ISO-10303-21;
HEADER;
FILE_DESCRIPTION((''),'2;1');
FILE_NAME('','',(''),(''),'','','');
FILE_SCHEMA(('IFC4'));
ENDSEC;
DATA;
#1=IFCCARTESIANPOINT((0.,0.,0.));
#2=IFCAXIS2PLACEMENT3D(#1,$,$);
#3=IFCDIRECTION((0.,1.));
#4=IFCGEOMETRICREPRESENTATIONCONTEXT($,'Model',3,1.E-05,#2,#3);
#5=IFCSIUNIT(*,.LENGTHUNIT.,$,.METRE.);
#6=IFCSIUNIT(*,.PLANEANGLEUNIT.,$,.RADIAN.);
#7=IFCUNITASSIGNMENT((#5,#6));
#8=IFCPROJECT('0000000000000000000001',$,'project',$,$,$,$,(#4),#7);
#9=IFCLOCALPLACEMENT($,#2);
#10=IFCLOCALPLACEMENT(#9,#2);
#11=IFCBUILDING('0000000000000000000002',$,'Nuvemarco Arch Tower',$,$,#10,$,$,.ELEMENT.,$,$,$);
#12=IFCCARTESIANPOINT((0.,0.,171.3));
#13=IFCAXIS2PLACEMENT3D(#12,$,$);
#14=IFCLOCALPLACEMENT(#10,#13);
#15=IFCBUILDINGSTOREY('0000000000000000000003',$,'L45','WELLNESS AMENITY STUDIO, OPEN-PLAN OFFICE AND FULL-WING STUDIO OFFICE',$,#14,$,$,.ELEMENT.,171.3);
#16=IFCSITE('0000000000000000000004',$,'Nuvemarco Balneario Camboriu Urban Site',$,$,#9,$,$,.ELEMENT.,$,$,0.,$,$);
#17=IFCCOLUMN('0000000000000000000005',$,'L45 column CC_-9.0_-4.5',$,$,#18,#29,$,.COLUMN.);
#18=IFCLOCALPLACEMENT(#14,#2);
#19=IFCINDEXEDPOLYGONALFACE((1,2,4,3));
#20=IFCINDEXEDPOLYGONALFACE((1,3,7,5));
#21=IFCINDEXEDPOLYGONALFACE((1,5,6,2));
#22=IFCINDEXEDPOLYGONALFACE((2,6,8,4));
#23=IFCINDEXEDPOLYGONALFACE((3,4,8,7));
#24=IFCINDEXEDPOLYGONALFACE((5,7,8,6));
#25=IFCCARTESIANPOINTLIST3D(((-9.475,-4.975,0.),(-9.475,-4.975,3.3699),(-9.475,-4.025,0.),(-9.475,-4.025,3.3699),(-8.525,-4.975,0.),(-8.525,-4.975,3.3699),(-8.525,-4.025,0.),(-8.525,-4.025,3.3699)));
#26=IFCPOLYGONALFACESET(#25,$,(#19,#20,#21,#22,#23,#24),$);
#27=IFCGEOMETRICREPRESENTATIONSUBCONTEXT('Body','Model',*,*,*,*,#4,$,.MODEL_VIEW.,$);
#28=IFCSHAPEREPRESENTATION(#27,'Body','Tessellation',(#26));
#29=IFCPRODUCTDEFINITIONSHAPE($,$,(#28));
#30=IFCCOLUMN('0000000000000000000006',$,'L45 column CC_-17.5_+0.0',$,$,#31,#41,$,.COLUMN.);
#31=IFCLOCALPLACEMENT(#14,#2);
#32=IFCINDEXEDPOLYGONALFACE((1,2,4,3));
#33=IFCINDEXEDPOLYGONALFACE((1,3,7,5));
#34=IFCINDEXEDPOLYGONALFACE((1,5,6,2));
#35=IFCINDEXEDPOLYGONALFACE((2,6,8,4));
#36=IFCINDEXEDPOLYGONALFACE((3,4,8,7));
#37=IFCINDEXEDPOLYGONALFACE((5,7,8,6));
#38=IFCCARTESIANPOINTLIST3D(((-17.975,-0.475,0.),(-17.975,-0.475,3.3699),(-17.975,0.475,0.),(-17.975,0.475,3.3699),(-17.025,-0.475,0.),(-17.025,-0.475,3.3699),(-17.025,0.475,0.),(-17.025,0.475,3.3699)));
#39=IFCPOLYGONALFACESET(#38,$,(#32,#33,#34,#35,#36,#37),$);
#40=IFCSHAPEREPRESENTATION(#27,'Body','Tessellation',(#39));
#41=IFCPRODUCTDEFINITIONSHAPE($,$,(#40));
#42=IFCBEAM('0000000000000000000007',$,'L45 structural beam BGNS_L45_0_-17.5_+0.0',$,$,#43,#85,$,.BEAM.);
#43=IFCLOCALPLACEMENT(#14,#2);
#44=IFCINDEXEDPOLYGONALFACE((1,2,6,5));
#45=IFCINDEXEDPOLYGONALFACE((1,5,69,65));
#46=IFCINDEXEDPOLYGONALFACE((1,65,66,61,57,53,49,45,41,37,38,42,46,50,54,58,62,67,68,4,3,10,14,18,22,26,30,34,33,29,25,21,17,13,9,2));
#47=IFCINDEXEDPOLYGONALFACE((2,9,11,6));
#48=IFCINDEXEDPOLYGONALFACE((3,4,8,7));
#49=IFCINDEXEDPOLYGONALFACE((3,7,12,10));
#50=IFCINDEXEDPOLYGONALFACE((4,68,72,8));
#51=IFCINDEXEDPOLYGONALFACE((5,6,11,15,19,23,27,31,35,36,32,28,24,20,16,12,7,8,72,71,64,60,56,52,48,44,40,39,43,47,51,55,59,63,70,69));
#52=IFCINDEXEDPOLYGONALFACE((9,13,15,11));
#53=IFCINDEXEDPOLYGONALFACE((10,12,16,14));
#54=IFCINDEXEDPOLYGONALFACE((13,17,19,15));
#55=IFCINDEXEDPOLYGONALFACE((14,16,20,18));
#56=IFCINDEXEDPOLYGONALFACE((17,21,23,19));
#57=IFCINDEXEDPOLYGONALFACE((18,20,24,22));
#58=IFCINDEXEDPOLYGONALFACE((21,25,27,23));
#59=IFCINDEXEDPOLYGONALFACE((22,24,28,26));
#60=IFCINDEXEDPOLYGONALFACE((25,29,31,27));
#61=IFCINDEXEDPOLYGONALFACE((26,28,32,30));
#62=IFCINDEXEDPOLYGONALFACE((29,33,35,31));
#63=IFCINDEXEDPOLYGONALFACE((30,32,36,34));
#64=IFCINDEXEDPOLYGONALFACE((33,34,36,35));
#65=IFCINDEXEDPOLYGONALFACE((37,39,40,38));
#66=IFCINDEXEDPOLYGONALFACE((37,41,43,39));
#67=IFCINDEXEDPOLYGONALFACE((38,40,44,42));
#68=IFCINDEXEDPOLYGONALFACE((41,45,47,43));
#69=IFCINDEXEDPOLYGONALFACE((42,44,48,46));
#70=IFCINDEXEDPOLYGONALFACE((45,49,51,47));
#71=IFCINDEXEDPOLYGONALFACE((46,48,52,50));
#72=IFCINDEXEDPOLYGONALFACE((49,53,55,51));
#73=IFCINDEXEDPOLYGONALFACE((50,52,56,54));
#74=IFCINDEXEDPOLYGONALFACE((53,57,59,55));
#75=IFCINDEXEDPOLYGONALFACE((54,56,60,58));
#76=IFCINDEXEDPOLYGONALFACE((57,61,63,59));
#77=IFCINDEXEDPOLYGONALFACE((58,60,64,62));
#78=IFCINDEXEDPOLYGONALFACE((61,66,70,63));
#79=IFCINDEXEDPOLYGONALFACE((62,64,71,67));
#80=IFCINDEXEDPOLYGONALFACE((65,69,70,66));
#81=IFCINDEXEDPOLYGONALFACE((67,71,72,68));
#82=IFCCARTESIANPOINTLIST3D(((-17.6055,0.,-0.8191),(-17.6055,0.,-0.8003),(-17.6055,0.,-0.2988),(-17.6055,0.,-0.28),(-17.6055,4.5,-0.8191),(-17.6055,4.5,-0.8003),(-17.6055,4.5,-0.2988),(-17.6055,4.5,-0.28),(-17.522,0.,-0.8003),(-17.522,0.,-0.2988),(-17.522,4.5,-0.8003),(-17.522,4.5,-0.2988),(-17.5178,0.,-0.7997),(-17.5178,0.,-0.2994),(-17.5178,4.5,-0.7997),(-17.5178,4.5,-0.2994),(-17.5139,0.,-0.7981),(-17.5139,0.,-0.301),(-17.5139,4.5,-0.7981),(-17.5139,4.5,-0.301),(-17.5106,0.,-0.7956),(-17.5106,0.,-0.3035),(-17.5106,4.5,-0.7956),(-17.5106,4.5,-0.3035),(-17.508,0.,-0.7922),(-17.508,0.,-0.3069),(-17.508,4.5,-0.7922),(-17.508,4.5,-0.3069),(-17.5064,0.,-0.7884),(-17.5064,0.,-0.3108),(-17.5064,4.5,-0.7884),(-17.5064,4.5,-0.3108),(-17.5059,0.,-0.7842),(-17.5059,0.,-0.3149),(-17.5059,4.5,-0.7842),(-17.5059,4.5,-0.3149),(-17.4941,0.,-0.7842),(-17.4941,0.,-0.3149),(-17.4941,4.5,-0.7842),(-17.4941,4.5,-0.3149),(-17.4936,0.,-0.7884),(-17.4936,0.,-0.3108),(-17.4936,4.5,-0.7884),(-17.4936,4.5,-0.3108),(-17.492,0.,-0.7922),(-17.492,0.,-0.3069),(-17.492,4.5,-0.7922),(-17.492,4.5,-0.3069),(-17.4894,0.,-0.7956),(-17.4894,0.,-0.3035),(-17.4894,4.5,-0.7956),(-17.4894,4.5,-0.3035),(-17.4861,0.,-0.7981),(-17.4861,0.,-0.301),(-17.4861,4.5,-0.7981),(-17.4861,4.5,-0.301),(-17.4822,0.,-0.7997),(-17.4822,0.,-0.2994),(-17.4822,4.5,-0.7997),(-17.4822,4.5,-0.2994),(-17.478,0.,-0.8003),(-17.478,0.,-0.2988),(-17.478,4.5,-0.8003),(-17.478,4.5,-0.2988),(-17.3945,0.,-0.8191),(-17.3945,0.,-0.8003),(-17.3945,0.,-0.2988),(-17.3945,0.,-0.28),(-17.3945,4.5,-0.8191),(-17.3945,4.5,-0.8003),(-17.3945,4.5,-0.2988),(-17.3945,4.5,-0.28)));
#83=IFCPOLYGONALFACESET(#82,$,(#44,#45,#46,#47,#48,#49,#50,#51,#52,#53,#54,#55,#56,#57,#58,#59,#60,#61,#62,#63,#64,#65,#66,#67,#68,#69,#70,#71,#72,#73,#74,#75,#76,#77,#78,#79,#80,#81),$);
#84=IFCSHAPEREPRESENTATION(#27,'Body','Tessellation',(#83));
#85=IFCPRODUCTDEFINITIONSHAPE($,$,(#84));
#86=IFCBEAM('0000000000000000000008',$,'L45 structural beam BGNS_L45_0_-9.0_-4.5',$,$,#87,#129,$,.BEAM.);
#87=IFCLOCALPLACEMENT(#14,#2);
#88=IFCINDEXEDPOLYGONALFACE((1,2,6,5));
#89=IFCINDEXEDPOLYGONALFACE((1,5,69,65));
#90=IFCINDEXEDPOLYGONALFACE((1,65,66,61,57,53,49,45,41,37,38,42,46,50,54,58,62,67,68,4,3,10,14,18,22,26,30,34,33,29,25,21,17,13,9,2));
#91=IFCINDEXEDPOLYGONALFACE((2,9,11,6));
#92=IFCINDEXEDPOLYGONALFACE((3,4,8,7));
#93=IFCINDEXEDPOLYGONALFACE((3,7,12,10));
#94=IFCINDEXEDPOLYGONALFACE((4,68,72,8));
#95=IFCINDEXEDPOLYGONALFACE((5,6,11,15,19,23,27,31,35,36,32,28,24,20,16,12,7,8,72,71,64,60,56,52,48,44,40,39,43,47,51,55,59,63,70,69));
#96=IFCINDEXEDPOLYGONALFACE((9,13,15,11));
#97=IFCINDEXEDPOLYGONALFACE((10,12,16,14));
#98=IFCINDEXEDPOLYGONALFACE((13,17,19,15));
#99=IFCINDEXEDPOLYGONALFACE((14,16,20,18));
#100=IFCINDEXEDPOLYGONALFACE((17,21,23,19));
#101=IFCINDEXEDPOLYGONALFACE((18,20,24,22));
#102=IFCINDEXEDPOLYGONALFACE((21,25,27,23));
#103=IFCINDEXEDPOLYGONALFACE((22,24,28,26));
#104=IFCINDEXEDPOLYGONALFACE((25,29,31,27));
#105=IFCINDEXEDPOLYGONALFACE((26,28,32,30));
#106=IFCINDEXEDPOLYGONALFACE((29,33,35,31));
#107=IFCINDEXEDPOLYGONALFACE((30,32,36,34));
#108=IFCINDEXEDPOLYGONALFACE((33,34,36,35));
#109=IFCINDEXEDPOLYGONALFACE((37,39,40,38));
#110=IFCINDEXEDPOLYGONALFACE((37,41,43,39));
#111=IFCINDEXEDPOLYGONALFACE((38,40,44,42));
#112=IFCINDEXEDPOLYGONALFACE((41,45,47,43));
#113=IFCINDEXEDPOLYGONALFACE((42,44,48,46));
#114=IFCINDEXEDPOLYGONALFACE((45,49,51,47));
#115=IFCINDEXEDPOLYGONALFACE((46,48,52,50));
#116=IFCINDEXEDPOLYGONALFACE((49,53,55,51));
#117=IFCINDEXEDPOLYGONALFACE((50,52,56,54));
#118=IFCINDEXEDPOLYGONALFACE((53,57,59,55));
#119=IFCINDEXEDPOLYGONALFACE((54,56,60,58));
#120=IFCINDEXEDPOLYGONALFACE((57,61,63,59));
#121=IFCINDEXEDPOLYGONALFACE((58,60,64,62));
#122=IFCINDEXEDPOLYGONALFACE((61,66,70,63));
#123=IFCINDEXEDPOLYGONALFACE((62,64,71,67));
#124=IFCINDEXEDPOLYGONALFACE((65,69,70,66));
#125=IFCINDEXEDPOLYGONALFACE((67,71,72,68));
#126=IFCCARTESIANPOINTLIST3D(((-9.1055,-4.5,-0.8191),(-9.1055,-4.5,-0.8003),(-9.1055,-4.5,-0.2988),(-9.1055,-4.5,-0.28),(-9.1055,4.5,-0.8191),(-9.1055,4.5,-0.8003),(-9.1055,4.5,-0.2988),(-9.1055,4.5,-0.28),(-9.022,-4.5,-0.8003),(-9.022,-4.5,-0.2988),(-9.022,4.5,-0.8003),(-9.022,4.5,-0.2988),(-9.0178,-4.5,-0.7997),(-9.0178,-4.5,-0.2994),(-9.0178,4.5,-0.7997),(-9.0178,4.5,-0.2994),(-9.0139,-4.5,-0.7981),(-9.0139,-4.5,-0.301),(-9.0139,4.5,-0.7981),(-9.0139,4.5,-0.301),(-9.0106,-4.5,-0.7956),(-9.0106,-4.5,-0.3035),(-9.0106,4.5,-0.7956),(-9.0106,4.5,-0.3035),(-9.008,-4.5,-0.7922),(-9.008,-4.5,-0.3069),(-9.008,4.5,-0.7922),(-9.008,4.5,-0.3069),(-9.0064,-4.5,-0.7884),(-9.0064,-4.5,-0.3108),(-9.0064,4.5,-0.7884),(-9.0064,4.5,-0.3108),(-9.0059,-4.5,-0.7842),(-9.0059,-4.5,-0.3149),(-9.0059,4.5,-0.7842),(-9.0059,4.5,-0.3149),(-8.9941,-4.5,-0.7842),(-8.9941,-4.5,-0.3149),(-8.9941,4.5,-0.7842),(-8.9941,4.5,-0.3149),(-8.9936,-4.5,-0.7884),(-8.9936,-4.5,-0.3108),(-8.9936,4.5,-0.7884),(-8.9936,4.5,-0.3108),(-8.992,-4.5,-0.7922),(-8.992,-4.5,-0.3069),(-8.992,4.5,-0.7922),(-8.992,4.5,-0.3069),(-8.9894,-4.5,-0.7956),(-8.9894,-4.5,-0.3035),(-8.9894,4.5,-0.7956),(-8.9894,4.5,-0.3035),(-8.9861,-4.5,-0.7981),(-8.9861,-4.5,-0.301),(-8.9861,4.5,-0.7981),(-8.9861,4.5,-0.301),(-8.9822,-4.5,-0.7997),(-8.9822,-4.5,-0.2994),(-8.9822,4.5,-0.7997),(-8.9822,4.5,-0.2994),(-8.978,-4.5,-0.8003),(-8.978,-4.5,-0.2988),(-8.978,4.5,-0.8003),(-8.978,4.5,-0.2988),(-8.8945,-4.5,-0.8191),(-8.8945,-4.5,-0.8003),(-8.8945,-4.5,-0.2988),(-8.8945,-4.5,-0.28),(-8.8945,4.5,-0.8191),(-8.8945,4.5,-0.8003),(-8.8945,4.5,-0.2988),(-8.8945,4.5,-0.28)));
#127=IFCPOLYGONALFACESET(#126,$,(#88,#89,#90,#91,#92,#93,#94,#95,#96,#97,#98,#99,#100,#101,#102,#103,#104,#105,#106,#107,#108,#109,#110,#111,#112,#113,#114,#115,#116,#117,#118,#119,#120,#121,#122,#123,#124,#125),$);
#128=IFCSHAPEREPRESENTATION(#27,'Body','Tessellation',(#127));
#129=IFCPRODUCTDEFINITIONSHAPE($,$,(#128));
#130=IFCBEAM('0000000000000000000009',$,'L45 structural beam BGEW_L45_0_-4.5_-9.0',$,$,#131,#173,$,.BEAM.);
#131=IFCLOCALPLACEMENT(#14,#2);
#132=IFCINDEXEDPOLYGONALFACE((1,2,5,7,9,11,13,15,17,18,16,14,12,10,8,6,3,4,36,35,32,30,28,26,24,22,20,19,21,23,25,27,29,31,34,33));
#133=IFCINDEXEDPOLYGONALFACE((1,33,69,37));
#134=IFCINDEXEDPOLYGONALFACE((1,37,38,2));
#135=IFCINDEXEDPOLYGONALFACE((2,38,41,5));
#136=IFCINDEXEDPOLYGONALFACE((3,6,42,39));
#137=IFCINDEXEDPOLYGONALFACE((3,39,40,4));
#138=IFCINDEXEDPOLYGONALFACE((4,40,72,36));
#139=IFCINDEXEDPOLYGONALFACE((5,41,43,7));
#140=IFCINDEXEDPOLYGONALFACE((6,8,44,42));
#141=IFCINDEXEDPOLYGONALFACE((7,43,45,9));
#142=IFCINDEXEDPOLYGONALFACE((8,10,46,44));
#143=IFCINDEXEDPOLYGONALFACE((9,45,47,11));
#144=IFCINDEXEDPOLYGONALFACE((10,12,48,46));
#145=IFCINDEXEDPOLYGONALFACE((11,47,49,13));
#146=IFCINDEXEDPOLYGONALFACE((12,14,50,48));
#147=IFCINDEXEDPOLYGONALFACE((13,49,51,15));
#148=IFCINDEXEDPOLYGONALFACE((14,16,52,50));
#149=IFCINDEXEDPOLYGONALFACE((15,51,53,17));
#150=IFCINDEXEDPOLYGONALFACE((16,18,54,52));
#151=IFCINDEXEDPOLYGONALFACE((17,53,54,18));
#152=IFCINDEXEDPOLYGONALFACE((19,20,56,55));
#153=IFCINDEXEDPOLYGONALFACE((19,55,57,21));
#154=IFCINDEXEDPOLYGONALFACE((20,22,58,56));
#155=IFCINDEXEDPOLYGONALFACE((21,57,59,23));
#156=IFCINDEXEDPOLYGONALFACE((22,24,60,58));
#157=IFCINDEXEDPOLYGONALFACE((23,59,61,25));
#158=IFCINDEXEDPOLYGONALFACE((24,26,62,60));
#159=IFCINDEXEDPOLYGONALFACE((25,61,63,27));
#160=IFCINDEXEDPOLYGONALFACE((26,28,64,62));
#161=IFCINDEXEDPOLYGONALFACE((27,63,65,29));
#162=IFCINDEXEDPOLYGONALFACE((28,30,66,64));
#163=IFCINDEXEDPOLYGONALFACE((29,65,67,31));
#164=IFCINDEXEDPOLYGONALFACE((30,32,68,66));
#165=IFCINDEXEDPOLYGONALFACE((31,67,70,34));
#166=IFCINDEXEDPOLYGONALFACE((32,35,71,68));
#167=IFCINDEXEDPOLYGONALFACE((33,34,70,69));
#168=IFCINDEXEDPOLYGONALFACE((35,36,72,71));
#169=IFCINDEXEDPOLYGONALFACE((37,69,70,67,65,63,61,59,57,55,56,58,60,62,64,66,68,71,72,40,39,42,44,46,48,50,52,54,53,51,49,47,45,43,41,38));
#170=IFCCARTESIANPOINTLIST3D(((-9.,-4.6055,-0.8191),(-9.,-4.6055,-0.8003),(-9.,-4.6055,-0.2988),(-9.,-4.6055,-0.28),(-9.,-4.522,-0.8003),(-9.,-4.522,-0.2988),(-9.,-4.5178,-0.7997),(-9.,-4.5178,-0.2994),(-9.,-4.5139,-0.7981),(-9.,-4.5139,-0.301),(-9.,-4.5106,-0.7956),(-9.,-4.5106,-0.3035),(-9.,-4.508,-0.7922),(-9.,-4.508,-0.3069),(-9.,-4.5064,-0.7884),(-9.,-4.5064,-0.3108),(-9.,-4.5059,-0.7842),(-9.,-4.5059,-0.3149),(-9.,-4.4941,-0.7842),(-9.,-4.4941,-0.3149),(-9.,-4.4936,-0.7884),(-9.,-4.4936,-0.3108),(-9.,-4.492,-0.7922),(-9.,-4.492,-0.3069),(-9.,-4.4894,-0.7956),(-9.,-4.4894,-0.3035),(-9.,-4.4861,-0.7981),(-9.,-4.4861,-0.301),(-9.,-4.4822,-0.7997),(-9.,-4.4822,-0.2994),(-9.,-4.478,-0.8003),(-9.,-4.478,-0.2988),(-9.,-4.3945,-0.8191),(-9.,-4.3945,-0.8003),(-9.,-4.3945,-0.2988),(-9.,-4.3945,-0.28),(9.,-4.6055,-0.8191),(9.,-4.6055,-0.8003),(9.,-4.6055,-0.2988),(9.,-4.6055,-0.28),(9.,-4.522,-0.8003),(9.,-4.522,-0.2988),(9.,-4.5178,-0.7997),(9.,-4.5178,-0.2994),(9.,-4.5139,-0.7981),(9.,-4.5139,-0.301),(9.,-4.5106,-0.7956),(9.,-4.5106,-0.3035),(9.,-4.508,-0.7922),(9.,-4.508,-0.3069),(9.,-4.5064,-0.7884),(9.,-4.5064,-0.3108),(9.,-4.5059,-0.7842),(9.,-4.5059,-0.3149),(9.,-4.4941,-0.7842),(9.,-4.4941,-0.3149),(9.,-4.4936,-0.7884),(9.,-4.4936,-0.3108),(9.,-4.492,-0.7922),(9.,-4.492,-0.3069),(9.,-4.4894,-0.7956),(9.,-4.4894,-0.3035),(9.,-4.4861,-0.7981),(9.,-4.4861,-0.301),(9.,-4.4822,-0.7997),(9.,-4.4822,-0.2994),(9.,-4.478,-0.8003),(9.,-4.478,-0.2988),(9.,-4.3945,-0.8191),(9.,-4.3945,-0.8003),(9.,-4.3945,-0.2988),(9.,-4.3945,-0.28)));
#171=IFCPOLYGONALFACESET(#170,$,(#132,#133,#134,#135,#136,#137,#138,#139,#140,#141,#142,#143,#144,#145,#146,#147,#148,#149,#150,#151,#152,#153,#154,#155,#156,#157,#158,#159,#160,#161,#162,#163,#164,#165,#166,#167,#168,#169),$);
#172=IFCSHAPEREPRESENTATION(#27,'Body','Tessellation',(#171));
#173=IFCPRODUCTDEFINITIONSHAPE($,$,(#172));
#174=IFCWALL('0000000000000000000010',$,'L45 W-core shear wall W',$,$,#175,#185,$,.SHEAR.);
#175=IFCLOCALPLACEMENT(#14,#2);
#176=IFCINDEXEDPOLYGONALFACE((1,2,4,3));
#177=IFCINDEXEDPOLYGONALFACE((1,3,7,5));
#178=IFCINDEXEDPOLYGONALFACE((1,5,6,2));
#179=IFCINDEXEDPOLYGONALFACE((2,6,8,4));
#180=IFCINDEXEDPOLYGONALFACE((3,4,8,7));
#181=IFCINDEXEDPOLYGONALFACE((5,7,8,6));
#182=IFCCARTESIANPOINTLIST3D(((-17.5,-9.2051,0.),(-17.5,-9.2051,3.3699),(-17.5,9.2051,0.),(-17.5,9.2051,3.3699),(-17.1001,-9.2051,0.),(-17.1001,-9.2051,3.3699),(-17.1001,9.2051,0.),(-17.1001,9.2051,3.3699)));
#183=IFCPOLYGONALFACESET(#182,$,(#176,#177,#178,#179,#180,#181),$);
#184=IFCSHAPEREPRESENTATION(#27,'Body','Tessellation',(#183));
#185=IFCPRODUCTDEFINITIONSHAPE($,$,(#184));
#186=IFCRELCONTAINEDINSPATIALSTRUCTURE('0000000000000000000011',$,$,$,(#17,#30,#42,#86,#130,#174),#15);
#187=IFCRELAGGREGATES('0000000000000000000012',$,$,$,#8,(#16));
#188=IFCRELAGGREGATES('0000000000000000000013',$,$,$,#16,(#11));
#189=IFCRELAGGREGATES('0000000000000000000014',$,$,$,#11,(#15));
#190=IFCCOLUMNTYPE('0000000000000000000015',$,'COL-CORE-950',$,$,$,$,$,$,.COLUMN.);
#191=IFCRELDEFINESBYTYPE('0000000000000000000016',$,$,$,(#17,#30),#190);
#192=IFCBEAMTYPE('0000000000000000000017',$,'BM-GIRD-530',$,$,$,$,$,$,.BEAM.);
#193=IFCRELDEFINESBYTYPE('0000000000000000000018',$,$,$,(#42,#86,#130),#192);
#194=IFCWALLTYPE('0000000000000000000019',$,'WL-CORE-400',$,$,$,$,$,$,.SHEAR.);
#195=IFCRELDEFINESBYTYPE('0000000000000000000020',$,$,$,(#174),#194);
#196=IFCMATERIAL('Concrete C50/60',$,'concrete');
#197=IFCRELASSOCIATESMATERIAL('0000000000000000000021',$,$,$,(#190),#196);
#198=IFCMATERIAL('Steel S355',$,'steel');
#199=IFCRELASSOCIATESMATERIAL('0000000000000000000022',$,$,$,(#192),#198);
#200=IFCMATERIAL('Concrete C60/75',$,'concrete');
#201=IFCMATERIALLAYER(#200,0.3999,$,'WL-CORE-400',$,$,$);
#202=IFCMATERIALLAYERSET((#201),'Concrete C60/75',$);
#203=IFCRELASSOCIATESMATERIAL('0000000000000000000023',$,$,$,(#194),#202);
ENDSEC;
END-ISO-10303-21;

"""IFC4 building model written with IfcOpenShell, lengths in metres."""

from ifc_helpers import new_model, si_unit, direction, frame, frame_2d, origin, origin_2d, place, context, subcontext, project, spatial, rectangle, i_section, extrude, material, layer, layer_set, material_profile, profile_set, type_object, element, save


model = new_model("IFC4")

# Units and contexts
model_context = context("Model", 3, precision=1e-05, world=origin(), true_north=direction((0.0, 1.0)))
body_context = subcontext(model_context, "Body", "Model", "MODEL_VIEW")
ifc_project = project(units=[si_unit("LENGTHUNIT", "METRE"), si_unit("PLANEANGLEUNIT", "RADIAN")], contexts=[model_context])

# Site, building, storey
site_placement = place(None, origin())
site = spatial("IfcSite", under=ifc_project, at=site_placement, Name="Nuvemarco Balneario Camboriu Urban Site", CompositionType="ELEMENT", RefElevation=0.0)
building_placement = place(site_placement, origin())
building = spatial("IfcBuilding", under=site, at=building_placement, Name="Nuvemarco Arch Tower", CompositionType="ELEMENT")
storey_placement = place(building_placement, frame((0.0, 0.0, 171.3)))
storey = spatial("IfcBuildingStorey", under=building, at=storey_placement, Name="L45", Description="WELLNESS AMENITY STUDIO, OPEN-PLAN OFFICE AND FULL-WING STUDIO OFFICE", CompositionType="ELEMENT", Elevation=171.3)

# Columns
ifc_material_1 = material(Name="Concrete C50/60", Category="concrete")
ifc_material_profile_1 = material_profile(ifc_material_1, rectangle(XDim=0.95, YDim=0.95, at=origin_2d()), Name="RC-COL-950x950")
ifc_profile_set_1 = profile_set([ifc_material_profile_1], Name="Concrete C50/60")
column_type = type_object("IfcColumnType", Name="COL-CORE-950", PredefinedType="COLUMN", material=ifc_profile_set_1)
for number, where, z_axis, x_axis, name in (
    (1, (-9.0, -4.5, 0.0), (0.0, 0.0, 1.0), (1.0, 0.0, 0.0), "L45 column CC_-9.0_-4.5"),
    (2, (-17.5, 0.0, 0.0), (0.0, 0.0, 1.0), (1.0, 0.0, 0.0), "L45 column CC_-17.5_+0.0"),
):
    element("IfcColumn", number, at=place(storey_placement, frame(where, z_axis=z_axis, x_axis=x_axis)), inside=storey, type_object=column_type, Name=name, PredefinedType="COLUMN", context=body_context, shape_type="SweptSolid", body=[
        extrude(rectangle(XDim=0.95, YDim=0.95, at=origin_2d()), origin(), (0.0, 0.0, 1.0), 3.3699),
    ])

# Beams
ifc_material_2 = material(Name="Steel S355", Category="steel")
ifc_material_profile_2 = material_profile(ifc_material_2, i_section(OverallWidth=0.2109, OverallDepth=0.5391, WebThickness=0.0117, FlangeThickness=0.0188, FilletRadius=0.0161, at=origin_2d()), Name="W530x109")
ifc_profile_set_2 = profile_set([ifc_material_profile_2], Name="Steel S355")
beam_type = type_object("IfcBeamType", Name="BM-GIRD-530", PredefinedType="BEAM", material=ifc_profile_set_2)
beam_1_placement = place(storey_placement, frame((-17.5, 0.0, -0.5496), z_axis=(0.0, 1.0, 0.0), x_axis=(-1.0, 0.0, 0.0)))
element("IfcBeam", 3, at=beam_1_placement, inside=storey, type_object=beam_type, Name="L45 structural beam BGNS_L45_0_-17.5_+0.0", PredefinedType="BEAM", context=body_context, shape_type="SweptSolid", body=[
    extrude(i_section(OverallWidth=0.2109, OverallDepth=0.5391, WebThickness=0.0117, FlangeThickness=0.0188, FilletRadius=0.0161, at=origin_2d()), origin(), (0.0, 0.0, 1.0), 4.5),
])
beam_2_placement = place(storey_placement, frame((-9.0, -4.5, -0.5496), z_axis=(0.0, 1.0, 0.0), x_axis=(-1.0, 0.0, 0.0)))
element("IfcBeam", 4, at=beam_2_placement, inside=storey, type_object=beam_type, Name="L45 structural beam BGNS_L45_0_-9.0_-4.5", PredefinedType="BEAM", context=body_context, shape_type="SweptSolid", body=[
    extrude(i_section(OverallWidth=0.2109, OverallDepth=0.5391, WebThickness=0.0117, FlangeThickness=0.0188, FilletRadius=0.0161, at=origin_2d()), origin(), (0.0, 0.0, 1.0), 9.0),
])
beam_3_placement = place(storey_placement, frame((-9.0, -4.5, -0.5496), z_axis=(1.0, 0.0, 0.0), x_axis=(0.0, 1.0, 0.0)))
element("IfcBeam", 5, at=beam_3_placement, inside=storey, type_object=beam_type, Name="L45 structural beam BGEW_L45_0_-4.5_-9.0", PredefinedType="BEAM", context=body_context, shape_type="SweptSolid", body=[
    extrude(i_section(OverallWidth=0.2109, OverallDepth=0.5391, WebThickness=0.0117, FlangeThickness=0.0188, FilletRadius=0.0161, at=origin_2d()), origin(), (0.0, 0.0, 1.0), 18.0),
])

# Wall
ifc_material_3 = material(Name="Concrete C60/75", Category="concrete")
ifc_layer_1 = layer(ifc_material_3, 0.3999, Name="WL-CORE-400")
ifc_layer_set_1 = layer_set([ifc_layer_1], Name="Concrete C60/75")
wall_type_1 = type_object("IfcWallType", Name="WL-CORE-400", PredefinedType="SHEAR", material=ifc_layer_set_1)
wall_1_placement = place(storey_placement, frame((-17.3, -9.2051, 0.0), z_axis=(0.0, 0.0, 1.0), x_axis=(0.0, 1.0, 0.0)))
element("IfcWall", 6, at=wall_1_placement, inside=storey, type_object=wall_type_1, Name="L45 W-core shear wall W", PredefinedType="SHEAR", context=body_context, shape_type="SweptSolid", body=[
    extrude(rectangle(XDim=18.4102, YDim=0.3999, at=frame_2d((9.2051, 0.0))), origin(), (0.0, 0.0, 1.0), 3.3699),
])

save(model, "model.ifc")
